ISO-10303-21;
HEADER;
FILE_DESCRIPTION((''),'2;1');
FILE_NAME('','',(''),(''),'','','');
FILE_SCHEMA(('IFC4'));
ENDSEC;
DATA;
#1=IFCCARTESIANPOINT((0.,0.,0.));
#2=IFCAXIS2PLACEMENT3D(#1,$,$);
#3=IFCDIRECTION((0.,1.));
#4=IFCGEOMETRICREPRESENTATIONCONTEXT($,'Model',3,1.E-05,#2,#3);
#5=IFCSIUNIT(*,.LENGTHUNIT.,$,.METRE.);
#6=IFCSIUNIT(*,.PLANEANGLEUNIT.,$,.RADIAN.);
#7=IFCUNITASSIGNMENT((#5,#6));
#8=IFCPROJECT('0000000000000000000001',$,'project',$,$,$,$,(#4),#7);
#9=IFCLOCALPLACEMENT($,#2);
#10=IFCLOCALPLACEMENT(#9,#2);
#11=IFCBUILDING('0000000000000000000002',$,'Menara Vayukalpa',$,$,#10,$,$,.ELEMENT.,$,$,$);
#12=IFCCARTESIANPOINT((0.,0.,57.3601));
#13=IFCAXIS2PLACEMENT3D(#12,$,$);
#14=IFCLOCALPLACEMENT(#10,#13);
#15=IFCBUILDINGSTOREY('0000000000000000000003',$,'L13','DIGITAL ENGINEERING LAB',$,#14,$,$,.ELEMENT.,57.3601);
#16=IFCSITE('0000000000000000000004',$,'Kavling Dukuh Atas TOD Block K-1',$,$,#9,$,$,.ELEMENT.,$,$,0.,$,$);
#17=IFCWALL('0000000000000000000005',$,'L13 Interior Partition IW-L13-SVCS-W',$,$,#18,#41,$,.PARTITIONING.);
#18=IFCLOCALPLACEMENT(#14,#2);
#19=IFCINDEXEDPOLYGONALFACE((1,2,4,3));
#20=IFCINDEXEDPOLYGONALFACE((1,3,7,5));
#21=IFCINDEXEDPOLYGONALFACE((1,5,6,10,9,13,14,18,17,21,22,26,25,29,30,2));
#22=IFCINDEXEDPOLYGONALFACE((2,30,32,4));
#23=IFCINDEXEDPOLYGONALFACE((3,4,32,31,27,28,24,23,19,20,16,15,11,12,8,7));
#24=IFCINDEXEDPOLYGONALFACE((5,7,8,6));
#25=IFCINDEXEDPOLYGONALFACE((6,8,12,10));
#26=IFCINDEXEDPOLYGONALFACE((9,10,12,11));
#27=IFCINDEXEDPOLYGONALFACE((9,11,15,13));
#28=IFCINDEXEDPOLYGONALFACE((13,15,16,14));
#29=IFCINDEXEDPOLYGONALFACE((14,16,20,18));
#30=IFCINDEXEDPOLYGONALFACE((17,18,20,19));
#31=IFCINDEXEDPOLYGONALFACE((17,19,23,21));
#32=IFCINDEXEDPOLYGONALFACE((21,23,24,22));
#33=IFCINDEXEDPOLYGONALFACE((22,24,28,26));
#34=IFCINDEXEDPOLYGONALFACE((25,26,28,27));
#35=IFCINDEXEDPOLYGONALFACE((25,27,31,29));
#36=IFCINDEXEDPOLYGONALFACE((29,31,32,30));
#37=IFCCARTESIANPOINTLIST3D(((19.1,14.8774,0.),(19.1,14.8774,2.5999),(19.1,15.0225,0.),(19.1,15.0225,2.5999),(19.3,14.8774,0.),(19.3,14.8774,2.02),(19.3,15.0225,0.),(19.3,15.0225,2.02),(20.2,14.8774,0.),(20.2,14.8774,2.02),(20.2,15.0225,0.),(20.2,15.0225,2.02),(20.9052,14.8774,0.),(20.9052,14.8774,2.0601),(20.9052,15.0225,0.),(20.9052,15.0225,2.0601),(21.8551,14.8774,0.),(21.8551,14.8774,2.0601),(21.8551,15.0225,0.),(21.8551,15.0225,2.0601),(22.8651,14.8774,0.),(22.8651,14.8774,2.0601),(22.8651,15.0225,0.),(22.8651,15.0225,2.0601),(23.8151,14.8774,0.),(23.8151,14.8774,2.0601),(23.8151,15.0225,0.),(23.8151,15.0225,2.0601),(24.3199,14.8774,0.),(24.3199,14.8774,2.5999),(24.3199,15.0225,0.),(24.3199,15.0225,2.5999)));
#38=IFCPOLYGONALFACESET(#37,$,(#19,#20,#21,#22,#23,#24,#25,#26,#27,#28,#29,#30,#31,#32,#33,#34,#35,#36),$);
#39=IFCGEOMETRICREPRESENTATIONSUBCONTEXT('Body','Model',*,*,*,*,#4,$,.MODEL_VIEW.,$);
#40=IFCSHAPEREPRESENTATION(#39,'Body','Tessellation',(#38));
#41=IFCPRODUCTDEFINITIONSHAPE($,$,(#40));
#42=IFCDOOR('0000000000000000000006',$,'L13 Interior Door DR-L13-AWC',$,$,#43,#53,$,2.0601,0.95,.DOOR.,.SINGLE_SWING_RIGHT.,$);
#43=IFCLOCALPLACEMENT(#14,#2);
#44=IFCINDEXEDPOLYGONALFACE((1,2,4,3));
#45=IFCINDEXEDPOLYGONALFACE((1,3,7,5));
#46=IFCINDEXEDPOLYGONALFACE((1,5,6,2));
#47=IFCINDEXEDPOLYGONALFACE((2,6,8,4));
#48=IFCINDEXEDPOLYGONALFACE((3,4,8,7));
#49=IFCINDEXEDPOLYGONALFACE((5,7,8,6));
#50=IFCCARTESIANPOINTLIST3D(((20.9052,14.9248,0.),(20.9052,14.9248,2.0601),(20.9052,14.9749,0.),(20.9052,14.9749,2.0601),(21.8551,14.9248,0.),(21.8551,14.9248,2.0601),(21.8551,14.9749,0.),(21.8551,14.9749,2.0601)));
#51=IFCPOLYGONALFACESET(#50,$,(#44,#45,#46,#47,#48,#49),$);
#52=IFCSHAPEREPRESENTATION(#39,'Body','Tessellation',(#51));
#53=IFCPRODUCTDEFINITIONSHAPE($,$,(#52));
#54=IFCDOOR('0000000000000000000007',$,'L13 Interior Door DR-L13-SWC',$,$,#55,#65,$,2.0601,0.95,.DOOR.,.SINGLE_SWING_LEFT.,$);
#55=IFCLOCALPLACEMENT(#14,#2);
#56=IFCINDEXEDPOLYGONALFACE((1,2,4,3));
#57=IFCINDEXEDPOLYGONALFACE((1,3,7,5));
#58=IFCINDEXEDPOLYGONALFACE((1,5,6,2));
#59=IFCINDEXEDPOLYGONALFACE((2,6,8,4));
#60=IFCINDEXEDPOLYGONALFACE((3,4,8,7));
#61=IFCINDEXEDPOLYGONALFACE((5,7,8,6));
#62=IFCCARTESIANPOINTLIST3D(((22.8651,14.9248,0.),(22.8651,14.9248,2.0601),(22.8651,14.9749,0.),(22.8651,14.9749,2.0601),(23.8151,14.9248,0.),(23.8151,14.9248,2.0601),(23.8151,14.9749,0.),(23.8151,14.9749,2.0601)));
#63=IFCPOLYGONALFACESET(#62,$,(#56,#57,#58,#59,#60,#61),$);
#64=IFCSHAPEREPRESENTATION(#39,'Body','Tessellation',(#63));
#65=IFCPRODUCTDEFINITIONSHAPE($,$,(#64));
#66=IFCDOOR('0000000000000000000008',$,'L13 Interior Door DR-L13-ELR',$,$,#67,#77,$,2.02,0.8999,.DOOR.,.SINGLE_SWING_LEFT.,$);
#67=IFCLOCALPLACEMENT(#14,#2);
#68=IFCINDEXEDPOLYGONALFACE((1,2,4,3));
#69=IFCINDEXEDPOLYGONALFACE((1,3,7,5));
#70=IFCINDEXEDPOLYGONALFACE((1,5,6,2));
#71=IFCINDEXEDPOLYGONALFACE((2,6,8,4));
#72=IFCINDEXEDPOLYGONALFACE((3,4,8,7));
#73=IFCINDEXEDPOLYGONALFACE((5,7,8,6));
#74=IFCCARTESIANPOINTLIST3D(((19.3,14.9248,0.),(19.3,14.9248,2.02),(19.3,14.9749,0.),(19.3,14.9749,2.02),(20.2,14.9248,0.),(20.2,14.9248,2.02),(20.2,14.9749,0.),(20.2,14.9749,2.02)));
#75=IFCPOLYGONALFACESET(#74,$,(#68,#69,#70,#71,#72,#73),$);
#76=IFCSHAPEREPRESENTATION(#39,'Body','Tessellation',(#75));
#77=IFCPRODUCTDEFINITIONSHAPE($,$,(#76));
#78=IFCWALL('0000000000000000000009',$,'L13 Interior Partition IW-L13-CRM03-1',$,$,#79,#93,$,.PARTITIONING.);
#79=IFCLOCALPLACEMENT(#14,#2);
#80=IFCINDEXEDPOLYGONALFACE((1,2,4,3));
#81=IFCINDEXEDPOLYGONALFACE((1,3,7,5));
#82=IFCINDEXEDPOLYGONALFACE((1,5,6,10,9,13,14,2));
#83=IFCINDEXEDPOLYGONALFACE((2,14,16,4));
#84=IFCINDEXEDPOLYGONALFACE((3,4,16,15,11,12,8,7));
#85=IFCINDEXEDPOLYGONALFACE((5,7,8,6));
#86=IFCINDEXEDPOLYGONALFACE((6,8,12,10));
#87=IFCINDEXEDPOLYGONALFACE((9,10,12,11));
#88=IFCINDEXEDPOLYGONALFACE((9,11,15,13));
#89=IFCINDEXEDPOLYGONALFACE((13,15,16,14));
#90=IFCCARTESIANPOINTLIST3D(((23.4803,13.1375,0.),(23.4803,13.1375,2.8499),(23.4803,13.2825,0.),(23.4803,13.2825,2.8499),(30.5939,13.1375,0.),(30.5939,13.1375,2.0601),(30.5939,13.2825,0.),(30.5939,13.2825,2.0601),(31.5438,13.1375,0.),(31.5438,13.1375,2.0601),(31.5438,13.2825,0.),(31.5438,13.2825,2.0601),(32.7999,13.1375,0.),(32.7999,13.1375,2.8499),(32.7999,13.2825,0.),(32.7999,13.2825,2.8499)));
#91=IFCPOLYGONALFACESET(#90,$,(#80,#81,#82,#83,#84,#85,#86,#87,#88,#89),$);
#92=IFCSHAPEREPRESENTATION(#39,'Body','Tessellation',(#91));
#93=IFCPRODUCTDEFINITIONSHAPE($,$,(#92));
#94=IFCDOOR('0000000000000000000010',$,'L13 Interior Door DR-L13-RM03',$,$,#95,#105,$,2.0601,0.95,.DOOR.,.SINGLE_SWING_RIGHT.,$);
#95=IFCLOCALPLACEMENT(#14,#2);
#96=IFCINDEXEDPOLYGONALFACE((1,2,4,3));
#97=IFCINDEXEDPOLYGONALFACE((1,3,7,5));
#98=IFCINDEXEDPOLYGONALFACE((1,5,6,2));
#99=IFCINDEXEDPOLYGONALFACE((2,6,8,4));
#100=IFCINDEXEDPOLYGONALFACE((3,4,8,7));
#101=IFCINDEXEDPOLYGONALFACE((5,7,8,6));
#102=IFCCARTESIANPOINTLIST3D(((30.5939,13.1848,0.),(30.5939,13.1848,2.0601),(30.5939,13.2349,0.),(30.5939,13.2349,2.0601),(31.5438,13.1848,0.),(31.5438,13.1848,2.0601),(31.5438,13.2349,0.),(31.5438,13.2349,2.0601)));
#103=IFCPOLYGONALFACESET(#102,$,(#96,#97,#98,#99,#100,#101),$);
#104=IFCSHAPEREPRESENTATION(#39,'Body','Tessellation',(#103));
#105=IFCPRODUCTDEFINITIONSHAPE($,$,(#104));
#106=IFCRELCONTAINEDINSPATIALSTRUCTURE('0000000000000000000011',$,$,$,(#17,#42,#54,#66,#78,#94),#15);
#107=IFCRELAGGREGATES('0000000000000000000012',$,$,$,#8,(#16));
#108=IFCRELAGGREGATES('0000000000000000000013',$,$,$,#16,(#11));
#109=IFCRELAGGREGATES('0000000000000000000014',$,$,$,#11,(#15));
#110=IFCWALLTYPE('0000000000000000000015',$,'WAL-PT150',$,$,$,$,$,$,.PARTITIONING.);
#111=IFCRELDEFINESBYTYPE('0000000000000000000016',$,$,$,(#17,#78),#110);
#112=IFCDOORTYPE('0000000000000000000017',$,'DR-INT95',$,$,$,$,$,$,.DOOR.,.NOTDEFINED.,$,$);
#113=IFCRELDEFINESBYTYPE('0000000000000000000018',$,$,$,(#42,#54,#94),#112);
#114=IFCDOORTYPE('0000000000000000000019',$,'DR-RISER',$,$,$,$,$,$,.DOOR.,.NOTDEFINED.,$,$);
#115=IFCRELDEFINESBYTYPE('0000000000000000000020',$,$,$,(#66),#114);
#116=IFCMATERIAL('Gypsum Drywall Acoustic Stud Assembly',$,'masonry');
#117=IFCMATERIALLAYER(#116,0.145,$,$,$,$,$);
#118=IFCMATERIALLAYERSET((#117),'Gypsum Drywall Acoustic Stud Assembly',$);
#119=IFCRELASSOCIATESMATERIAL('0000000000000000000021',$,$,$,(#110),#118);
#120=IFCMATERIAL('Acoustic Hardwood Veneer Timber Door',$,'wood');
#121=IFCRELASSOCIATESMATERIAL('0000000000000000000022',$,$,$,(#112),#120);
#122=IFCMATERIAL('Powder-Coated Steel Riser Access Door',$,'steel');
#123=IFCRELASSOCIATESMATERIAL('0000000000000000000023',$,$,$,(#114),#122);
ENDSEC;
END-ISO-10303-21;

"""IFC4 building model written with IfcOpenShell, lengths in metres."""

from ifc_helpers import new_model, si_unit, direction, frame, frame_2d, origin, place, context, subcontext, project, spatial, rectangle, extrude, material, layer, layer_set, type_object, element, fill, save


model = new_model("IFC4")

# Units and contexts
model_context = context("Model", 3, precision=1e-05, world=origin(), true_north=direction((0.0, 1.0)))
body_context = subcontext(model_context, "Body", "Model", "MODEL_VIEW")
ifc_project = project(units=[si_unit("LENGTHUNIT", "METRE"), si_unit("PLANEANGLEUNIT", "RADIAN")], contexts=[model_context])

# Site, building, storey
site_placement = place(None, origin())
site = spatial("IfcSite", under=ifc_project, at=site_placement, Name="Kavling Dukuh Atas TOD Block K-1", CompositionType="ELEMENT", RefElevation=0.0)
building_placement = place(site_placement, origin())
building = spatial("IfcBuilding", under=site, at=building_placement, Name="Menara Vayukalpa", CompositionType="ELEMENT")
storey_placement = place(building_placement, frame((0.0, 0.0, 57.3601)))
storey = spatial("IfcBuildingStorey", under=building, at=storey_placement, Name="L13", Description="DIGITAL ENGINEERING LAB", CompositionType="ELEMENT", Elevation=57.3601)

# Wall, openings, doors
ifc_material_1 = material(Name="Gypsum Drywall Acoustic Stud Assembly", Category="masonry")
ifc_layer_1 = layer(ifc_material_1, 0.145)
ifc_layer_set_1 = layer_set([ifc_layer_1], Name="Gypsum Drywall Acoustic Stud Assembly")
wall_type_1 = type_object("IfcWallType", Name="WAL-PT150", PredefinedType="PARTITIONING", material=ifc_layer_set_1)
wall_1_placement = place(storey_placement, frame((19.1001, 14.95, 0.0), z_axis=(0.0, 0.0, 1.0), x_axis=(1.0, 0.0, 0.0)))
wall_1 = element("IfcWall", 1, at=wall_1_placement, inside=storey, type_object=wall_type_1, Name="L13 Interior Partition IW-L13-SVCS-W", PredefinedType="PARTITIONING", context=body_context, shape_type="SweptSolid", body=[
    extrude(rectangle(XDim=5.22, YDim=0.145, at=frame_2d((2.6099, 0.0))), origin(), (0.0, 0.0, 1.0), 2.5999),
])
opening_1_placement = place(wall_1_placement, frame((0.2, 0.0, 0.0)))
opening_1 = element("IfcOpeningElement", 2, at=opening_1_placement, cuts=wall_1, PredefinedType="OPENING", context=body_context, shape_type="SweptSolid", body=[
    extrude(rectangle(XDim=0.8999, YDim=2.02, at=frame_2d((0.45, 1.01))), frame((0.0, 0.0825, 0.0), z_axis=(0.0, -1.0, 0.0), x_axis=(1.0, 0.0, 0.0)), (0.0, 0.0, 1.0), 0.165),
])
opening_2_placement = place(wall_1_placement, frame((1.8049, 0.0, 0.0)))
opening_2 = element("IfcOpeningElement", 3, at=opening_2_placement, cuts=wall_1, PredefinedType="OPENING", context=body_context, shape_type="SweptSolid", body=[
    extrude(rectangle(XDim=0.95, YDim=2.0601, at=frame_2d((0.4751, 1.03))), frame((0.0, 0.0825, 0.0), z_axis=(0.0, -1.0, 0.0), x_axis=(1.0, 0.0, 0.0)), (0.0, 0.0, 1.0), 0.165),
])
opening_3_placement = place(wall_1_placement, frame((3.7649, 0.0, 0.0)))
opening_3 = element("IfcOpeningElement", 4, at=opening_3_placement, cuts=wall_1, PredefinedType="OPENING", context=body_context, shape_type="SweptSolid", body=[
    extrude(rectangle(XDim=0.95, YDim=2.0601, at=frame_2d((0.4751, 1.03))), frame((0.0, 0.0825, 0.0), z_axis=(0.0, -1.0, 0.0), x_axis=(1.0, 0.0, 0.0)), (0.0, 0.0, 1.0), 0.165),
])
ifc_material_2 = material(Name="Acoustic Hardwood Veneer Timber Door", Category="wood")
door_type_1 = type_object("IfcDoorType", Name="DR-INT95", OperationType="NOTDEFINED", PredefinedType="DOOR", material=ifc_material_2)
door_1_placement = place(opening_2_placement, origin())
door_1 = element("IfcDoor", 5, at=door_1_placement, inside=storey, type_object=door_type_1, Name="L13 Interior Door DR-L13-AWC", OperationType="SINGLE_SWING_RIGHT", OverallHeight=2.0601, OverallWidth=0.95, PredefinedType="DOOR", context=body_context, shape_type="SweptSolid", body=[
    extrude(rectangle(XDim=0.95, YDim=2.0601, at=frame_2d((0.4751, 1.03))), frame((0.0, 0.0249, 0.0), z_axis=(0.0, -1.0, 0.0), x_axis=(1.0, 0.0, 0.0)), (0.0, 0.0, 1.0), 0.05),
])
fill(opening_2, door_1)
door_2_placement = place(opening_3_placement, origin())
door_2 = element("IfcDoor", 6, at=door_2_placement, inside=storey, type_object=door_type_1, Name="L13 Interior Door DR-L13-SWC", OperationType="SINGLE_SWING_LEFT", OverallHeight=2.0601, OverallWidth=0.95, PredefinedType="DOOR", context=body_context, shape_type="SweptSolid", body=[
    extrude(rectangle(XDim=0.95, YDim=2.0601, at=frame_2d((0.4751, 1.03))), frame((0.0, 0.0249, 0.0), z_axis=(0.0, -1.0, 0.0), x_axis=(1.0, 0.0, 0.0)), (0.0, 0.0, 1.0), 0.05),
])
fill(opening_3, door_2)
ifc_material_3 = material(Name="Powder-Coated Steel Riser Access Door", Category="steel")
door_type_2 = type_object("IfcDoorType", Name="DR-RISER", OperationType="NOTDEFINED", PredefinedType="DOOR", material=ifc_material_3)
door_3_placement = place(opening_1_placement, origin())
door_3 = element("IfcDoor", 7, at=door_3_placement, inside=storey, type_object=door_type_2, Name="L13 Interior Door DR-L13-ELR", OperationType="SINGLE_SWING_LEFT", OverallHeight=2.02, OverallWidth=0.8999, PredefinedType="DOOR", context=body_context, shape_type="SweptSolid", body=[
    extrude(rectangle(XDim=0.8999, YDim=2.02, at=frame_2d((0.45, 1.01))), frame((0.0, 0.0249, 0.0), z_axis=(0.0, -1.0, 0.0), x_axis=(1.0, 0.0, 0.0)), (0.0, 0.0, 1.0), 0.05),
])
fill(opening_1, door_3)

# Wall, opening, door
wall_2_placement = place(storey_placement, frame((23.4805, 13.21, 0.0), z_axis=(0.0, 0.0, 1.0), x_axis=(1.0, 0.0, 0.0)))
wall_2 = element("IfcWall", 8, at=wall_2_placement, inside=storey, type_object=wall_type_1, Name="L13 Interior Partition IW-L13-CRM03-1", PredefinedType="PARTITIONING", context=body_context, shape_type="SweptSolid", body=[
    extrude(rectangle(XDim=9.3196, YDim=0.145, at=frame_2d((4.6597, 0.0))), origin(), (0.0, 0.0, 1.0), 2.8499),
])
opening_4_placement = place(wall_2_placement, frame((7.1133, 0.0, 0.0)))
opening_4 = element("IfcOpeningElement", 9, at=opening_4_placement, cuts=wall_2, PredefinedType="OPENING", context=body_context, shape_type="SweptSolid", body=[
    extrude(rectangle(XDim=0.95, YDim=2.0601, at=frame_2d((0.4751, 1.03))), frame((0.0, 0.0825, 0.0), z_axis=(0.0, -1.0, 0.0), x_axis=(1.0, 0.0, 0.0)), (0.0, 0.0, 1.0), 0.165),
])
door_4_placement = place(opening_4_placement, origin())
door_4 = element("IfcDoor", 10, at=door_4_placement, inside=storey, type_object=door_type_1, Name="L13 Interior Door DR-L13-RM03", OperationType="SINGLE_SWING_RIGHT", OverallHeight=2.0601, OverallWidth=0.95, PredefinedType="DOOR", context=body_context, shape_type="SweptSolid", body=[
    extrude(rectangle(XDim=0.95, YDim=2.0601, at=frame_2d((0.4751, 1.03))), frame((0.0, 0.0249, 0.0), z_axis=(0.0, -1.0, 0.0), x_axis=(1.0, 0.0, 0.0)), (0.0, 0.0, 1.0), 0.05),
])
fill(opening_4, door_4)

save(model, "model.ifc")
